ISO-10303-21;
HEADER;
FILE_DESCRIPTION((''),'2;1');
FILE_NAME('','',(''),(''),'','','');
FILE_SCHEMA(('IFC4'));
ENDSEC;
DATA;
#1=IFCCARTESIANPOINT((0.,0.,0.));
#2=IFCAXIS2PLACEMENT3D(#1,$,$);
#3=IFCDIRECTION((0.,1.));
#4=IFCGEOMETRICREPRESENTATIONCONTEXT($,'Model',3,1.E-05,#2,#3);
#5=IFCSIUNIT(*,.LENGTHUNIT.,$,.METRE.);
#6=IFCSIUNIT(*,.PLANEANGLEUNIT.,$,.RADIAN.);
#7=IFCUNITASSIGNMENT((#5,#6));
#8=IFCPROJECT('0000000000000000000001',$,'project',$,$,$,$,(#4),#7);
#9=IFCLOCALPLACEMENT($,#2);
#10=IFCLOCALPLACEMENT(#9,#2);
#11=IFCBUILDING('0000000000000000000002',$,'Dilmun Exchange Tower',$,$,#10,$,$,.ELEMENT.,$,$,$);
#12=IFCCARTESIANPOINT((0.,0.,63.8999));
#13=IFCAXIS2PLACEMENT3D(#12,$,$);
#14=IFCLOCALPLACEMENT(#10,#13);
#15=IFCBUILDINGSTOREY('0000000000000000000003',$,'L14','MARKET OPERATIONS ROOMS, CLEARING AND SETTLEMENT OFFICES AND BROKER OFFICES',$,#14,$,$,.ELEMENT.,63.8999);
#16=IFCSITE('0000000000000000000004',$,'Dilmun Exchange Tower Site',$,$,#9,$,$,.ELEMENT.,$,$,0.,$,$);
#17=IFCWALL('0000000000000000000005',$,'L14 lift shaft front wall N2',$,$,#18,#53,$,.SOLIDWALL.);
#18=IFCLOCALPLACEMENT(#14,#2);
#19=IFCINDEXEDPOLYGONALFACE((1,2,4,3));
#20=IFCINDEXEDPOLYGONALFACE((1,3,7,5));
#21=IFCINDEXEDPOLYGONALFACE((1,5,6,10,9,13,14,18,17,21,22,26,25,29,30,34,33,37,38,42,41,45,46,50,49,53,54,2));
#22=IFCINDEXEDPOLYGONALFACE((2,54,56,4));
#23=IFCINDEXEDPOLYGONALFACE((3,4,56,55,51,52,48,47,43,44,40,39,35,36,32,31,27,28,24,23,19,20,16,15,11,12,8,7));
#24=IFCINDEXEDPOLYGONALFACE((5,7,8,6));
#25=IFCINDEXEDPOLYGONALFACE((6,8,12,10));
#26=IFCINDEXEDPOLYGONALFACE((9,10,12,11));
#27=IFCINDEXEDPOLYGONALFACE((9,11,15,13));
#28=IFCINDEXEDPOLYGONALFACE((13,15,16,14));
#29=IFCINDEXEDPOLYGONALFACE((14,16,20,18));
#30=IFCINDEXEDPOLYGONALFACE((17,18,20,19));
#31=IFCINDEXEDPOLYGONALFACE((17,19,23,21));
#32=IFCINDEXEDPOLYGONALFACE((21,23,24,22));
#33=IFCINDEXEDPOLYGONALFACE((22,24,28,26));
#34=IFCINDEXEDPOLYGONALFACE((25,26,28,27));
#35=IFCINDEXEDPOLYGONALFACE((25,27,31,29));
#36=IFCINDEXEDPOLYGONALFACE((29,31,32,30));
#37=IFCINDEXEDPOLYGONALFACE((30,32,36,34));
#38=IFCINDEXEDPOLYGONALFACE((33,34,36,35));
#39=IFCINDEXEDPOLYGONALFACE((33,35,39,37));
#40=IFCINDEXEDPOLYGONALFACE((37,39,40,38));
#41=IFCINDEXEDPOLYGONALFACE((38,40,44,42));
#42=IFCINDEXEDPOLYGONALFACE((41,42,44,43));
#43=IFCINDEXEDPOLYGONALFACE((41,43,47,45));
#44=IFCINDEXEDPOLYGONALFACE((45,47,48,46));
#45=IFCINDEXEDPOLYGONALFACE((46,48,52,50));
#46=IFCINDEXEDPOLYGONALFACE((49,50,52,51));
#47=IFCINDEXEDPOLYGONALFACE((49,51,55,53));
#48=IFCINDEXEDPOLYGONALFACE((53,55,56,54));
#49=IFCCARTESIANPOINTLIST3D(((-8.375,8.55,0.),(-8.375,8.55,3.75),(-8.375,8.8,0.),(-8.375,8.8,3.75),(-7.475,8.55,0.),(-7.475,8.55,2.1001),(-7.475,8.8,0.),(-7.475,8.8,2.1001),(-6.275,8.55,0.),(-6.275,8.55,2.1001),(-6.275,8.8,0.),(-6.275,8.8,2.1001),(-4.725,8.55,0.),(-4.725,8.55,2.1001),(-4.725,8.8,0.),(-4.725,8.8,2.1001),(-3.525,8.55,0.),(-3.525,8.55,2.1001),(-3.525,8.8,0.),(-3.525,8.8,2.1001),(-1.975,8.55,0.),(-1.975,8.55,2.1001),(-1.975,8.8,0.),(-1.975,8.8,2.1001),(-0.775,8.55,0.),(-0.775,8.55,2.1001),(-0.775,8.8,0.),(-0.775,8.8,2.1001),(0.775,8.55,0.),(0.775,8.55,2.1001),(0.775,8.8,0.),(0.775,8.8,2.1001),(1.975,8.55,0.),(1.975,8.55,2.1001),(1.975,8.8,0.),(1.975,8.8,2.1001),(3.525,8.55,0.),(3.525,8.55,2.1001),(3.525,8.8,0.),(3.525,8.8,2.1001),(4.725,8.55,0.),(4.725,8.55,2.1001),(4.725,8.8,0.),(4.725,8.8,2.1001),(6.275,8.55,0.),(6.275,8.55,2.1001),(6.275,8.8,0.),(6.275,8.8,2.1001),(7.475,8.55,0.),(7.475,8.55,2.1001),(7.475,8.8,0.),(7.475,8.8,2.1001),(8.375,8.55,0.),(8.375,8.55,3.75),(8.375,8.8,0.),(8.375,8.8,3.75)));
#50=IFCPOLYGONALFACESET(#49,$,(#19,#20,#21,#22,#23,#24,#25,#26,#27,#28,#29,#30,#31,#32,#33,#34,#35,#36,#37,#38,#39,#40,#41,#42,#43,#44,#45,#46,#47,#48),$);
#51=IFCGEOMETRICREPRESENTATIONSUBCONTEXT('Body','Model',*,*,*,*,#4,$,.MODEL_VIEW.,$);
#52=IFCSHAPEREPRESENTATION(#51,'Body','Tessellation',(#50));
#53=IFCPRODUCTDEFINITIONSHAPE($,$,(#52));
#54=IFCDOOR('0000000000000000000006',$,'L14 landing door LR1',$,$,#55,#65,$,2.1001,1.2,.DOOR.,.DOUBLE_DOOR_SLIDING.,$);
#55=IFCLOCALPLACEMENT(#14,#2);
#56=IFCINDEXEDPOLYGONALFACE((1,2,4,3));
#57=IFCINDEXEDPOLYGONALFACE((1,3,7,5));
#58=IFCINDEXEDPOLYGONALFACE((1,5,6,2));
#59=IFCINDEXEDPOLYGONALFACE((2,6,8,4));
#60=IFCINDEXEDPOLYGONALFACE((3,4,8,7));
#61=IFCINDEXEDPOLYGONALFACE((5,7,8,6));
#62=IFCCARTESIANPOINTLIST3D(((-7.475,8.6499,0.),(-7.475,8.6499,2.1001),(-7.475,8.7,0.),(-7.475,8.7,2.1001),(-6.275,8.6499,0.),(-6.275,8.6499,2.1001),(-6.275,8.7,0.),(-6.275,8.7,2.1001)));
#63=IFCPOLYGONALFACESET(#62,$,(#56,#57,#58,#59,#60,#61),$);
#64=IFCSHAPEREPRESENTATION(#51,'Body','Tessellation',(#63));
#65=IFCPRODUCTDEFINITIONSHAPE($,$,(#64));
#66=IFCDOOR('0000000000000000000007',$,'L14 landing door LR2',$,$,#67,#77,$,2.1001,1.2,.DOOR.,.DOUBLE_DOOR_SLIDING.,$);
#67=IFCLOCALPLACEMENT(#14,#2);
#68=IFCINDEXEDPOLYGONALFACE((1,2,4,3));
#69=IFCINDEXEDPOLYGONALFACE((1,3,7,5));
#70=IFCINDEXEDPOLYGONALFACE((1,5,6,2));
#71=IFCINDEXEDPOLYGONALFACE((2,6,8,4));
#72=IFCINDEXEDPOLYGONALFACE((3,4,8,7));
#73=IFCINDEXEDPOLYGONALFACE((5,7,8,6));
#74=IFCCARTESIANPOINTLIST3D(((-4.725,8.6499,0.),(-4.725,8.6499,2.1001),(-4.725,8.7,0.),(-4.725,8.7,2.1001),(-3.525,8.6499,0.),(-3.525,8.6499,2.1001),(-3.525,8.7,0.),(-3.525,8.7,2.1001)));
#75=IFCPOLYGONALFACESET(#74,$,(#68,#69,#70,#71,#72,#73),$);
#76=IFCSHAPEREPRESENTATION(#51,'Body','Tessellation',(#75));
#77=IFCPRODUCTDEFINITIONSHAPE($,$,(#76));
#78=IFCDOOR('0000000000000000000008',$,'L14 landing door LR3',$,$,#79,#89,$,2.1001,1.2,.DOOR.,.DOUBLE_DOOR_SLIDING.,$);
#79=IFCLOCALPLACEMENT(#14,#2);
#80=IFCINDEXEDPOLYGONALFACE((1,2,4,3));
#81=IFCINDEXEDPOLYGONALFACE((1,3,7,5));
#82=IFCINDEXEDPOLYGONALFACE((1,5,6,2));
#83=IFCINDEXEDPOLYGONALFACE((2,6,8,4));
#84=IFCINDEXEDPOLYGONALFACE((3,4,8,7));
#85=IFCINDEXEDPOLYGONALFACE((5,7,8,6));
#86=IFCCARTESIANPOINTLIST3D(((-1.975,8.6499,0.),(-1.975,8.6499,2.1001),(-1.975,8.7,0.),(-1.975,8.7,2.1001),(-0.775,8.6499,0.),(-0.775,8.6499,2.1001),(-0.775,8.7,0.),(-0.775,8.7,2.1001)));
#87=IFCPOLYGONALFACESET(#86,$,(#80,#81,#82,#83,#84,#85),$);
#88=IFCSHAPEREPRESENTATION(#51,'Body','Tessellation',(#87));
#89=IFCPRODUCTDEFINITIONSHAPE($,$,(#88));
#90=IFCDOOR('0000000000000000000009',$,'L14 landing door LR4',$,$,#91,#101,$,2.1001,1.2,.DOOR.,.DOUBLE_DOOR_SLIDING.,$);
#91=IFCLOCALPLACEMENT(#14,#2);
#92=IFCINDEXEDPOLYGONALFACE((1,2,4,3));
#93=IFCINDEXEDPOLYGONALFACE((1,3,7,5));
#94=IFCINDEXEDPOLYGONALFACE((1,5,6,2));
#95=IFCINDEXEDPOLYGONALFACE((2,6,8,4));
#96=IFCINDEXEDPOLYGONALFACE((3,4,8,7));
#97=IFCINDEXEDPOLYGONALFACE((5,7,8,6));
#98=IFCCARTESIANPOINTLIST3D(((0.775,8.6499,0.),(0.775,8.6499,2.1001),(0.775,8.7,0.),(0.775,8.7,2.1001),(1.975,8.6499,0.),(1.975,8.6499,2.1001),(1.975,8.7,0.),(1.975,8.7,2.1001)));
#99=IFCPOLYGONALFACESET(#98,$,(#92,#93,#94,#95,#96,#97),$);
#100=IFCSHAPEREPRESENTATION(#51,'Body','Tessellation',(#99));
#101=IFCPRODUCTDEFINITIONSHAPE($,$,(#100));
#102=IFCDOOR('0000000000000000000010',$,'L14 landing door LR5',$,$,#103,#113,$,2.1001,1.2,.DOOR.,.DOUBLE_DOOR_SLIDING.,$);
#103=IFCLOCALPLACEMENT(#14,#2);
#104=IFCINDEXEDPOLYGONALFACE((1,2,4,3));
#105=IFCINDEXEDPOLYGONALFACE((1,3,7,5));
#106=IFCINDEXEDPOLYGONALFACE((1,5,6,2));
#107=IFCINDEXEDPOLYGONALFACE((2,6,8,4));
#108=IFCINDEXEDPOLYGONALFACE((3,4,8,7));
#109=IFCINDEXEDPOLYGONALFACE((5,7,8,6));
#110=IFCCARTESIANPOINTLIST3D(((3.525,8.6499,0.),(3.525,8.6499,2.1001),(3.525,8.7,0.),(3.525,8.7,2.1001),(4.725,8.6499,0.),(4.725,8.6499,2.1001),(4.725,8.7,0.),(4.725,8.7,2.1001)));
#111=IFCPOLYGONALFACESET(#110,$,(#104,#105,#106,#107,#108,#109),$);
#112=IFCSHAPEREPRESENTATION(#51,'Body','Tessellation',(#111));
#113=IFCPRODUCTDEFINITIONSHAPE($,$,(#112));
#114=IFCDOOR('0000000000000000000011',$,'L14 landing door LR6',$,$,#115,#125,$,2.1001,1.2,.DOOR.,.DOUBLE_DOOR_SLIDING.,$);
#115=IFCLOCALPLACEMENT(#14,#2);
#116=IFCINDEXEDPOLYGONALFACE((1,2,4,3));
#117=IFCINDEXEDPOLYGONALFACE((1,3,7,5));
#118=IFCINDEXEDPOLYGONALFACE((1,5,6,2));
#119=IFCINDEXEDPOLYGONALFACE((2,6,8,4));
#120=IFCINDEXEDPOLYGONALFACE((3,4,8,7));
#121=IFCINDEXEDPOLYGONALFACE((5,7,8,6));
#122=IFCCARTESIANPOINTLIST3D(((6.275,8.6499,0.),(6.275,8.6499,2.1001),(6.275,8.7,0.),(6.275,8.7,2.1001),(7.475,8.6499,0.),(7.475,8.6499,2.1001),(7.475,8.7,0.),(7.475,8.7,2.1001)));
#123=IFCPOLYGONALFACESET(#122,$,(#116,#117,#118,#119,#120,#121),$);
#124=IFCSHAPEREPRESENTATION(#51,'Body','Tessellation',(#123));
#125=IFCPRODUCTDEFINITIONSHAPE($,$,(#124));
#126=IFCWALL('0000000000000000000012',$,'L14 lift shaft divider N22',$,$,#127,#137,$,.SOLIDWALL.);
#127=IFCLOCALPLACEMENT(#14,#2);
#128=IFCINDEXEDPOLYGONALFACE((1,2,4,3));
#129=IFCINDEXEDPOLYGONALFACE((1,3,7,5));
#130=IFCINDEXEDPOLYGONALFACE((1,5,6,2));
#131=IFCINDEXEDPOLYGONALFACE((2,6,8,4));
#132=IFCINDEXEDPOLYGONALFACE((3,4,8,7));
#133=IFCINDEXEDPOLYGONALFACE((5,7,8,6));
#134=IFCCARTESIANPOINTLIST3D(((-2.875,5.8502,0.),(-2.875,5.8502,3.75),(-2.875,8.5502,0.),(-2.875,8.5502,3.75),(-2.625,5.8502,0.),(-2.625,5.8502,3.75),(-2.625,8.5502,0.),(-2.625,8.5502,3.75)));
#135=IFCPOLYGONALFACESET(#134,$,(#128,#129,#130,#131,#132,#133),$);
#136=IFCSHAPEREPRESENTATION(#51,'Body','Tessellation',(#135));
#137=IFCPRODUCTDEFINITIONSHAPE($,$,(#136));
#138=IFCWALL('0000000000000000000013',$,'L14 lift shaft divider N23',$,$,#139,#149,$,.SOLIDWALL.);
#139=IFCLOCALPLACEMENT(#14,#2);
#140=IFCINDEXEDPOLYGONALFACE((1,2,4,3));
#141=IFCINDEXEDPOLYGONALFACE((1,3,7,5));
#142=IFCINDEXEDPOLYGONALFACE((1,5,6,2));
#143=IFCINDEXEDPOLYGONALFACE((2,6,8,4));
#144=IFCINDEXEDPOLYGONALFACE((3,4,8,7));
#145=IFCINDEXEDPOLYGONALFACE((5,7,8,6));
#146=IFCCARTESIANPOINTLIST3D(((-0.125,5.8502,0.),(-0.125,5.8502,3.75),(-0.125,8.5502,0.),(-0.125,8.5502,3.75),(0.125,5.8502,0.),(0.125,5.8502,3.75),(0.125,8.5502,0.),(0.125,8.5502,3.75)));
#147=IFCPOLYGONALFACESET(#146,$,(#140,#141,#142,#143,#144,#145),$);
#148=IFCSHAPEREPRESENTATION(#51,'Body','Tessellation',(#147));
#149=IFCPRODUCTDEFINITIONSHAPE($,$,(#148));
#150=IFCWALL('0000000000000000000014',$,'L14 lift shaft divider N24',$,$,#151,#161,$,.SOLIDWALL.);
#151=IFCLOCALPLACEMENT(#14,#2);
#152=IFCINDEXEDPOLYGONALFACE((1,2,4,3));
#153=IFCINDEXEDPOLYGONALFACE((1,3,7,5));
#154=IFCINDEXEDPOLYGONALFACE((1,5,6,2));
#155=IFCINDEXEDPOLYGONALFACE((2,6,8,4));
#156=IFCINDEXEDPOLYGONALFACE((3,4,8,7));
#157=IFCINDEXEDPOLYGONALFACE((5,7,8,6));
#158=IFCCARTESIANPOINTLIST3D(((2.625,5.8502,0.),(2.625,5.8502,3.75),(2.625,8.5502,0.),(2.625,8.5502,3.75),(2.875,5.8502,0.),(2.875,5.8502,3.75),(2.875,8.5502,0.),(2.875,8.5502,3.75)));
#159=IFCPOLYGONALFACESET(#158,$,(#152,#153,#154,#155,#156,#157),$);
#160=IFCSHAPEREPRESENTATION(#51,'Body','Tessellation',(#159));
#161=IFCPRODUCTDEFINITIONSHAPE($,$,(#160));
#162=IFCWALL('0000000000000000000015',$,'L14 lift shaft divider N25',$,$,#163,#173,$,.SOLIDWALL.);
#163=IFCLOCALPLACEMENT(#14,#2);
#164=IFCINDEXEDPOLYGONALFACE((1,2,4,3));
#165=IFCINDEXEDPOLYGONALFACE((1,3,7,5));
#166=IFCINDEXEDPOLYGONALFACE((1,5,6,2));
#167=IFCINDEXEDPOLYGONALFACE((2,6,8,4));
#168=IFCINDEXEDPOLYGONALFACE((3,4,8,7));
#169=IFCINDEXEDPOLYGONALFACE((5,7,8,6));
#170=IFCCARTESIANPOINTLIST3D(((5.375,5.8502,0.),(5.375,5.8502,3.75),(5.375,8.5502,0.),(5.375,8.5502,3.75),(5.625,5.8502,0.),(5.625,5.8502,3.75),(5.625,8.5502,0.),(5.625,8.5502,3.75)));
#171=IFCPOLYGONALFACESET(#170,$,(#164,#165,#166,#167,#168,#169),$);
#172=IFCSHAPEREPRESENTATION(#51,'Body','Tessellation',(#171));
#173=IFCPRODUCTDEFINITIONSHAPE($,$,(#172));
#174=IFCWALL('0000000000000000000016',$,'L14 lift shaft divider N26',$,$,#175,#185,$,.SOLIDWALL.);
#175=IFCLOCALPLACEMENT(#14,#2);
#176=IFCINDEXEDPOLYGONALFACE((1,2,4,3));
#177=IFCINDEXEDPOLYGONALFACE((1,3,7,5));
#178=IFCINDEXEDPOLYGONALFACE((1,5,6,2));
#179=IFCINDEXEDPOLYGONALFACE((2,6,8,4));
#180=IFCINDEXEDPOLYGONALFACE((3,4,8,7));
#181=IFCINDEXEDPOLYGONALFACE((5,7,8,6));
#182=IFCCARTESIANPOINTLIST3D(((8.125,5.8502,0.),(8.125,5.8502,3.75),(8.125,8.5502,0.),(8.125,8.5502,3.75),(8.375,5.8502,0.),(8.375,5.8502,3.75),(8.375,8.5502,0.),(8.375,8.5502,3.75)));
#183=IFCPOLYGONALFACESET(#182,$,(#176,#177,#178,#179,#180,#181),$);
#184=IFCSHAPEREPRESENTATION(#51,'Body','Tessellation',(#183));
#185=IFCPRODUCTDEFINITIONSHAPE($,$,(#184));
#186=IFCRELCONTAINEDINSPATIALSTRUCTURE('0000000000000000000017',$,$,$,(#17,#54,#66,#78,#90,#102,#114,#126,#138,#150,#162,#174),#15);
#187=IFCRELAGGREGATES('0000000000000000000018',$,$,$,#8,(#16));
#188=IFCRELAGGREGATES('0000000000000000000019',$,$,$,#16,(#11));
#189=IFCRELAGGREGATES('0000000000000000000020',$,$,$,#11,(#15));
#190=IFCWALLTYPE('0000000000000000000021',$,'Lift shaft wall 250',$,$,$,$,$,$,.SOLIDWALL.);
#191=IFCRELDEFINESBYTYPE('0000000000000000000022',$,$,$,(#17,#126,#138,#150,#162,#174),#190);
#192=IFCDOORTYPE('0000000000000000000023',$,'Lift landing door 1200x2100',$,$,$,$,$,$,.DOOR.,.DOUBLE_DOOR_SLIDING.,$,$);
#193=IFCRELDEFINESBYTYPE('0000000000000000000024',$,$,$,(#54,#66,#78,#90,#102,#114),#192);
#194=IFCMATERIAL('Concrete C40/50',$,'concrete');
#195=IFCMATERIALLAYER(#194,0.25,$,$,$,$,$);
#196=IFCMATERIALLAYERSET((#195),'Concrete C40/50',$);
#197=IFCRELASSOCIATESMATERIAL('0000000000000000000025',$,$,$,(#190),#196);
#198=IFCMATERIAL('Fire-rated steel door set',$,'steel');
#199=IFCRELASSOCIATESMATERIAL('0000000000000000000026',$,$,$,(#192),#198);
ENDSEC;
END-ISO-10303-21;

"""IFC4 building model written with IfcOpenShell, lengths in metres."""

from ifc_helpers import new_model, si_unit, direction, frame, frame_2d, origin, place, context, subcontext, project, spatial, rectangle, extrude, material, layer, layer_set, type_object, element, fill, save


model = new_model("IFC4")

# Units and contexts
model_context = context("Model", 3, precision=1e-05, world=origin(), true_north=direction((0.0, 1.0)))
body_context = subcontext(model_context, "Body", "Model", "MODEL_VIEW")
ifc_project = project(units=[si_unit("LENGTHUNIT", "METRE"), si_unit("PLANEANGLEUNIT", "RADIAN")], contexts=[model_context])

# Site, building, storey
site_placement = place(None, origin())
site = spatial("IfcSite", under=ifc_project, at=site_placement, Name="Dilmun Exchange Tower Site", CompositionType="ELEMENT", RefElevation=0.0)
building_placement = place(site_placement, origin())
building = spatial("IfcBuilding", under=site, at=building_placement, Name="Dilmun Exchange Tower", CompositionType="ELEMENT")
storey_placement = place(building_placement, frame((0.0, 0.0, 63.8999)))
storey = spatial("IfcBuildingStorey", under=building, at=storey_placement, Name="L14", Description="MARKET OPERATIONS ROOMS, CLEARING AND SETTLEMENT OFFICES AND BROKER OFFICES", CompositionType="ELEMENT", Elevation=63.8999)

# Shared definitions
ifc_material_1 = material(Name="Concrete C40/50", Category="concrete")

# Shared definitions
ifc_material_2 = material(Name="Fire-rated steel door set", Category="steel")

# Wall, openings, doors
ifc_layer_1 = layer(ifc_material_1, 0.25)
ifc_layer_set_1 = layer_set([ifc_layer_1], Name="Concrete C40/50")
wall_type_1 = type_object("IfcWallType", Name="Lift shaft wall 250", PredefinedType="SOLIDWALL", material=ifc_layer_set_1)
wall_1_placement = place(storey_placement, frame((-8.375, 8.675, 0.0), z_axis=(0.0, 0.0, 1.0), x_axis=(1.0, 0.0, 0.0)))
wall_1 = element("IfcWall", 1, at=wall_1_placement, inside=storey, type_object=wall_type_1, Name="L14 lift shaft front wall N2", PredefinedType="SOLIDWALL", context=body_context, shape_type="SweptSolid", body=[
    extrude(rectangle(XDim=16.75, YDim=0.25, at=frame_2d((8.375, 0.0))), origin(), (0.0, 0.0, 1.0), 3.75),
])
opening_1_placement = place(wall_1_placement, frame((0.8999, 0.0, 0.0)))
opening_1 = element("IfcOpeningElement", 2, at=opening_1_placement, cuts=wall_1, PredefinedType="OPENING", context=body_context, shape_type="SweptSolid", body=[
    extrude(rectangle(XDim=1.2, YDim=2.1001, at=frame_2d((0.6001, 1.05))), frame((0.0, 0.135, 0.0), z_axis=(0.0, -1.0, 0.0), x_axis=(1.0, 0.0, 0.0)), (0.0, 0.0, 1.0), 0.27),
])
opening_2_placement = place(wall_1_placement, frame((3.6499, 0.0, 0.0)))
opening_2 = element("IfcOpeningElement", 3, at=opening_2_placement, cuts=wall_1, PredefinedType="OPENING", context=body_context, shape_type="SweptSolid", body=[
    extrude(rectangle(XDim=1.2, YDim=2.1001, at=frame_2d((0.6001, 1.05))), frame((0.0, 0.135, 0.0), z_axis=(0.0, -1.0, 0.0), x_axis=(1.0, 0.0, 0.0)), (0.0, 0.0, 1.0), 0.27),
])
opening_3_placement = place(wall_1_placement, frame((6.3999, 0.0, 0.0)))
opening_3 = element("IfcOpeningElement", 4, at=opening_3_placement, cuts=wall_1, PredefinedType="OPENING", context=body_context, shape_type="SweptSolid", body=[
    extrude(rectangle(XDim=1.2, YDim=2.1001, at=frame_2d((0.6001, 1.05))), frame((0.0, 0.135, 0.0), z_axis=(0.0, -1.0, 0.0), x_axis=(1.0, 0.0, 0.0)), (0.0, 0.0, 1.0), 0.27),
])
opening_4_placement = place(wall_1_placement, frame((9.1499, 0.0, 0.0)))
opening_4 = element("IfcOpeningElement", 5, at=opening_4_placement, cuts=wall_1, PredefinedType="OPENING", context=body_context, shape_type="SweptSolid", body=[
    extrude(rectangle(XDim=1.2, YDim=2.1001, at=frame_2d((0.6001, 1.05))), frame((0.0, 0.135, 0.0), z_axis=(0.0, -1.0, 0.0), x_axis=(1.0, 0.0, 0.0)), (0.0, 0.0, 1.0), 0.27),
])
opening_5_placement = place(wall_1_placement, frame((11.8999, 0.0, 0.0)))
opening_5 = element("IfcOpeningElement", 6, at=opening_5_placement, cuts=wall_1, PredefinedType="OPENING", context=body_context, shape_type="SweptSolid", body=[
    extrude(rectangle(XDim=1.2, YDim=2.1001, at=frame_2d((0.6001, 1.05))), frame((0.0, 0.135, 0.0), z_axis=(0.0, -1.0, 0.0), x_axis=(1.0, 0.0, 0.0)), (0.0, 0.0, 1.0), 0.27),
])
opening_6_placement = place(wall_1_placement, frame((14.6499, 0.0, 0.0)))
opening_6 = element("IfcOpeningElement", 7, at=opening_6_placement, cuts=wall_1, PredefinedType="OPENING", context=body_context, shape_type="SweptSolid", body=[
    extrude(rectangle(XDim=1.2, YDim=2.1001, at=frame_2d((0.6001, 1.05))), frame((0.0, 0.135, 0.0), z_axis=(0.0, -1.0, 0.0), x_axis=(1.0, 0.0, 0.0)), (0.0, 0.0, 1.0), 0.27),
])
door_type_1 = type_object("IfcDoorType", Name="Lift landing door 1200x2100", OperationType="DOUBLE_DOOR_SLIDING", PredefinedType="DOOR", material=ifc_material_2)
door_1_placement = place(opening_1_placement, origin())
door_1 = element("IfcDoor", 8, at=door_1_placement, inside=storey, type_object=door_type_1, Name="L14 landing door LR1", OperationType="DOUBLE_DOOR_SLIDING", OverallHeight=2.1001, OverallWidth=1.2, PredefinedType="DOOR", context=body_context, shape_type="SweptSolid", body=[
    extrude(rectangle(XDim=1.2, YDim=2.1001, at=frame_2d((0.6001, 1.05))), frame((0.0, 0.0249, 0.0), z_axis=(0.0, -1.0, 0.0), x_axis=(1.0, 0.0, 0.0)), (0.0, 0.0, 1.0), 0.05),
])
fill(opening_1, door_1)
door_2_placement = place(opening_2_placement, origin())
door_2 = element("IfcDoor", 9, at=door_2_placement, inside=storey, type_object=door_type_1, Name="L14 landing door LR2", OperationType="DOUBLE_DOOR_SLIDING", OverallHeight=2.1001, OverallWidth=1.2, PredefinedType="DOOR", context=body_context, shape_type="SweptSolid", body=[
    extrude(rectangle(XDim=1.2, YDim=2.1001, at=frame_2d((0.6001, 1.05))), frame((0.0, 0.0249, 0.0), z_axis=(0.0, -1.0, 0.0), x_axis=(1.0, 0.0, 0.0)), (0.0, 0.0, 1.0), 0.05),
])
fill(opening_2, door_2)
door_3_placement = place(opening_3_placement, origin())
door_3 = element("IfcDoor", 10, at=door_3_placement, inside=storey, type_object=door_type_1, Name="L14 landing door LR3", OperationType="DOUBLE_DOOR_SLIDING", OverallHeight=2.1001, OverallWidth=1.2, PredefinedType="DOOR", context=body_context, shape_type="SweptSolid", body=[
    extrude(rectangle(XDim=1.2, YDim=2.1001, at=frame_2d((0.6001, 1.05))), frame((0.0, 0.0249, 0.0), z_axis=(0.0, -1.0, 0.0), x_axis=(1.0, 0.0, 0.0)), (0.0, 0.0, 1.0), 0.05),
])
fill(opening_3, door_3)
door_4_placement = place(opening_4_placement, origin())
door_4 = element("IfcDoor", 11, at=door_4_placement, inside=storey, type_object=door_type_1, Name="L14 landing door LR4", OperationType="DOUBLE_DOOR_SLIDING", OverallHeight=2.1001, OverallWidth=1.2, PredefinedType="DOOR", context=body_context, shape_type="SweptSolid", body=[
    extrude(rectangle(XDim=1.2, YDim=2.1001, at=frame_2d((0.6001, 1.05))), frame((0.0, 0.0249, 0.0), z_axis=(0.0, -1.0, 0.0), x_axis=(1.0, 0.0, 0.0)), (0.0, 0.0, 1.0), 0.05),
])
fill(opening_4, door_4)
door_5_placement = place(opening_5_placement, origin())
door_5 = element("IfcDoor", 12, at=door_5_placement, inside=storey, type_object=door_type_1, Name="L14 landing door LR5", OperationType="DOUBLE_DOOR_SLIDING", OverallHeight=2.1001, OverallWidth=1.2, PredefinedType="DOOR", context=body_context, shape_type="SweptSolid", body=[
    extrude(rectangle(XDim=1.2, YDim=2.1001, at=frame_2d((0.6001, 1.05))), frame((0.0, 0.0249, 0.0), z_axis=(0.0, -1.0, 0.0), x_axis=(1.0, 0.0, 0.0)), (0.0, 0.0, 1.0), 0.05),
])
fill(opening_5, door_5)
door_6_placement = place(opening_6_placement, origin())
door_6 = element("IfcDoor", 13, at=door_6_placement, inside=storey, type_object=door_type_1, Name="L14 landing door LR6", OperationType="DOUBLE_DOOR_SLIDING", OverallHeight=2.1001, OverallWidth=1.2, PredefinedType="DOOR", context=body_context, shape_type="SweptSolid", body=[
    extrude(rectangle(XDim=1.2, YDim=2.1001, at=frame_2d((0.6001, 1.05))), frame((0.0, 0.0249, 0.0), z_axis=(0.0, -1.0, 0.0), x_axis=(1.0, 0.0, 0.0)), (0.0, 0.0, 1.0), 0.05),
])
fill(opening_6, door_6)

# Walls
for number, where, z_axis, x_axis, name in (
    (14, (-2.75, 5.8501, 0.0), (0.0, 0.0, 1.0), (0.0, 1.0, 0.0), "L14 lift shaft divider N22"),
    (15, (0.0, 5.8501, 0.0), (0.0, 0.0, 1.0), (0.0, 1.0, 0.0), "L14 lift shaft divider N23"),
    (16, (2.75, 5.8501, 0.0), (0.0, 0.0, 1.0), (0.0, 1.0, 0.0), "L14 lift shaft divider N24"),
    (17, (5.5, 5.8501, 0.0), (0.0, 0.0, 1.0), (0.0, 1.0, 0.0), "L14 lift shaft divider N25"),
    (18, (8.25, 5.8501, 0.0), (0.0, 0.0, 1.0), (0.0, 1.0, 0.0), "L14 lift shaft divider N26"),
):
    element("IfcWall", number, at=place(storey_placement, frame(where, z_axis=z_axis, x_axis=x_axis)), inside=storey, type_object=wall_type_1, Name=name, PredefinedType="SOLIDWALL", context=body_context, shape_type="SweptSolid", body=[
        extrude(rectangle(XDim=2.7, YDim=0.25, at=frame_2d((1.3501, 0.0))), origin(), (0.0, 0.0, 1.0), 3.75),
    ])

save(model, "model.ifc")
